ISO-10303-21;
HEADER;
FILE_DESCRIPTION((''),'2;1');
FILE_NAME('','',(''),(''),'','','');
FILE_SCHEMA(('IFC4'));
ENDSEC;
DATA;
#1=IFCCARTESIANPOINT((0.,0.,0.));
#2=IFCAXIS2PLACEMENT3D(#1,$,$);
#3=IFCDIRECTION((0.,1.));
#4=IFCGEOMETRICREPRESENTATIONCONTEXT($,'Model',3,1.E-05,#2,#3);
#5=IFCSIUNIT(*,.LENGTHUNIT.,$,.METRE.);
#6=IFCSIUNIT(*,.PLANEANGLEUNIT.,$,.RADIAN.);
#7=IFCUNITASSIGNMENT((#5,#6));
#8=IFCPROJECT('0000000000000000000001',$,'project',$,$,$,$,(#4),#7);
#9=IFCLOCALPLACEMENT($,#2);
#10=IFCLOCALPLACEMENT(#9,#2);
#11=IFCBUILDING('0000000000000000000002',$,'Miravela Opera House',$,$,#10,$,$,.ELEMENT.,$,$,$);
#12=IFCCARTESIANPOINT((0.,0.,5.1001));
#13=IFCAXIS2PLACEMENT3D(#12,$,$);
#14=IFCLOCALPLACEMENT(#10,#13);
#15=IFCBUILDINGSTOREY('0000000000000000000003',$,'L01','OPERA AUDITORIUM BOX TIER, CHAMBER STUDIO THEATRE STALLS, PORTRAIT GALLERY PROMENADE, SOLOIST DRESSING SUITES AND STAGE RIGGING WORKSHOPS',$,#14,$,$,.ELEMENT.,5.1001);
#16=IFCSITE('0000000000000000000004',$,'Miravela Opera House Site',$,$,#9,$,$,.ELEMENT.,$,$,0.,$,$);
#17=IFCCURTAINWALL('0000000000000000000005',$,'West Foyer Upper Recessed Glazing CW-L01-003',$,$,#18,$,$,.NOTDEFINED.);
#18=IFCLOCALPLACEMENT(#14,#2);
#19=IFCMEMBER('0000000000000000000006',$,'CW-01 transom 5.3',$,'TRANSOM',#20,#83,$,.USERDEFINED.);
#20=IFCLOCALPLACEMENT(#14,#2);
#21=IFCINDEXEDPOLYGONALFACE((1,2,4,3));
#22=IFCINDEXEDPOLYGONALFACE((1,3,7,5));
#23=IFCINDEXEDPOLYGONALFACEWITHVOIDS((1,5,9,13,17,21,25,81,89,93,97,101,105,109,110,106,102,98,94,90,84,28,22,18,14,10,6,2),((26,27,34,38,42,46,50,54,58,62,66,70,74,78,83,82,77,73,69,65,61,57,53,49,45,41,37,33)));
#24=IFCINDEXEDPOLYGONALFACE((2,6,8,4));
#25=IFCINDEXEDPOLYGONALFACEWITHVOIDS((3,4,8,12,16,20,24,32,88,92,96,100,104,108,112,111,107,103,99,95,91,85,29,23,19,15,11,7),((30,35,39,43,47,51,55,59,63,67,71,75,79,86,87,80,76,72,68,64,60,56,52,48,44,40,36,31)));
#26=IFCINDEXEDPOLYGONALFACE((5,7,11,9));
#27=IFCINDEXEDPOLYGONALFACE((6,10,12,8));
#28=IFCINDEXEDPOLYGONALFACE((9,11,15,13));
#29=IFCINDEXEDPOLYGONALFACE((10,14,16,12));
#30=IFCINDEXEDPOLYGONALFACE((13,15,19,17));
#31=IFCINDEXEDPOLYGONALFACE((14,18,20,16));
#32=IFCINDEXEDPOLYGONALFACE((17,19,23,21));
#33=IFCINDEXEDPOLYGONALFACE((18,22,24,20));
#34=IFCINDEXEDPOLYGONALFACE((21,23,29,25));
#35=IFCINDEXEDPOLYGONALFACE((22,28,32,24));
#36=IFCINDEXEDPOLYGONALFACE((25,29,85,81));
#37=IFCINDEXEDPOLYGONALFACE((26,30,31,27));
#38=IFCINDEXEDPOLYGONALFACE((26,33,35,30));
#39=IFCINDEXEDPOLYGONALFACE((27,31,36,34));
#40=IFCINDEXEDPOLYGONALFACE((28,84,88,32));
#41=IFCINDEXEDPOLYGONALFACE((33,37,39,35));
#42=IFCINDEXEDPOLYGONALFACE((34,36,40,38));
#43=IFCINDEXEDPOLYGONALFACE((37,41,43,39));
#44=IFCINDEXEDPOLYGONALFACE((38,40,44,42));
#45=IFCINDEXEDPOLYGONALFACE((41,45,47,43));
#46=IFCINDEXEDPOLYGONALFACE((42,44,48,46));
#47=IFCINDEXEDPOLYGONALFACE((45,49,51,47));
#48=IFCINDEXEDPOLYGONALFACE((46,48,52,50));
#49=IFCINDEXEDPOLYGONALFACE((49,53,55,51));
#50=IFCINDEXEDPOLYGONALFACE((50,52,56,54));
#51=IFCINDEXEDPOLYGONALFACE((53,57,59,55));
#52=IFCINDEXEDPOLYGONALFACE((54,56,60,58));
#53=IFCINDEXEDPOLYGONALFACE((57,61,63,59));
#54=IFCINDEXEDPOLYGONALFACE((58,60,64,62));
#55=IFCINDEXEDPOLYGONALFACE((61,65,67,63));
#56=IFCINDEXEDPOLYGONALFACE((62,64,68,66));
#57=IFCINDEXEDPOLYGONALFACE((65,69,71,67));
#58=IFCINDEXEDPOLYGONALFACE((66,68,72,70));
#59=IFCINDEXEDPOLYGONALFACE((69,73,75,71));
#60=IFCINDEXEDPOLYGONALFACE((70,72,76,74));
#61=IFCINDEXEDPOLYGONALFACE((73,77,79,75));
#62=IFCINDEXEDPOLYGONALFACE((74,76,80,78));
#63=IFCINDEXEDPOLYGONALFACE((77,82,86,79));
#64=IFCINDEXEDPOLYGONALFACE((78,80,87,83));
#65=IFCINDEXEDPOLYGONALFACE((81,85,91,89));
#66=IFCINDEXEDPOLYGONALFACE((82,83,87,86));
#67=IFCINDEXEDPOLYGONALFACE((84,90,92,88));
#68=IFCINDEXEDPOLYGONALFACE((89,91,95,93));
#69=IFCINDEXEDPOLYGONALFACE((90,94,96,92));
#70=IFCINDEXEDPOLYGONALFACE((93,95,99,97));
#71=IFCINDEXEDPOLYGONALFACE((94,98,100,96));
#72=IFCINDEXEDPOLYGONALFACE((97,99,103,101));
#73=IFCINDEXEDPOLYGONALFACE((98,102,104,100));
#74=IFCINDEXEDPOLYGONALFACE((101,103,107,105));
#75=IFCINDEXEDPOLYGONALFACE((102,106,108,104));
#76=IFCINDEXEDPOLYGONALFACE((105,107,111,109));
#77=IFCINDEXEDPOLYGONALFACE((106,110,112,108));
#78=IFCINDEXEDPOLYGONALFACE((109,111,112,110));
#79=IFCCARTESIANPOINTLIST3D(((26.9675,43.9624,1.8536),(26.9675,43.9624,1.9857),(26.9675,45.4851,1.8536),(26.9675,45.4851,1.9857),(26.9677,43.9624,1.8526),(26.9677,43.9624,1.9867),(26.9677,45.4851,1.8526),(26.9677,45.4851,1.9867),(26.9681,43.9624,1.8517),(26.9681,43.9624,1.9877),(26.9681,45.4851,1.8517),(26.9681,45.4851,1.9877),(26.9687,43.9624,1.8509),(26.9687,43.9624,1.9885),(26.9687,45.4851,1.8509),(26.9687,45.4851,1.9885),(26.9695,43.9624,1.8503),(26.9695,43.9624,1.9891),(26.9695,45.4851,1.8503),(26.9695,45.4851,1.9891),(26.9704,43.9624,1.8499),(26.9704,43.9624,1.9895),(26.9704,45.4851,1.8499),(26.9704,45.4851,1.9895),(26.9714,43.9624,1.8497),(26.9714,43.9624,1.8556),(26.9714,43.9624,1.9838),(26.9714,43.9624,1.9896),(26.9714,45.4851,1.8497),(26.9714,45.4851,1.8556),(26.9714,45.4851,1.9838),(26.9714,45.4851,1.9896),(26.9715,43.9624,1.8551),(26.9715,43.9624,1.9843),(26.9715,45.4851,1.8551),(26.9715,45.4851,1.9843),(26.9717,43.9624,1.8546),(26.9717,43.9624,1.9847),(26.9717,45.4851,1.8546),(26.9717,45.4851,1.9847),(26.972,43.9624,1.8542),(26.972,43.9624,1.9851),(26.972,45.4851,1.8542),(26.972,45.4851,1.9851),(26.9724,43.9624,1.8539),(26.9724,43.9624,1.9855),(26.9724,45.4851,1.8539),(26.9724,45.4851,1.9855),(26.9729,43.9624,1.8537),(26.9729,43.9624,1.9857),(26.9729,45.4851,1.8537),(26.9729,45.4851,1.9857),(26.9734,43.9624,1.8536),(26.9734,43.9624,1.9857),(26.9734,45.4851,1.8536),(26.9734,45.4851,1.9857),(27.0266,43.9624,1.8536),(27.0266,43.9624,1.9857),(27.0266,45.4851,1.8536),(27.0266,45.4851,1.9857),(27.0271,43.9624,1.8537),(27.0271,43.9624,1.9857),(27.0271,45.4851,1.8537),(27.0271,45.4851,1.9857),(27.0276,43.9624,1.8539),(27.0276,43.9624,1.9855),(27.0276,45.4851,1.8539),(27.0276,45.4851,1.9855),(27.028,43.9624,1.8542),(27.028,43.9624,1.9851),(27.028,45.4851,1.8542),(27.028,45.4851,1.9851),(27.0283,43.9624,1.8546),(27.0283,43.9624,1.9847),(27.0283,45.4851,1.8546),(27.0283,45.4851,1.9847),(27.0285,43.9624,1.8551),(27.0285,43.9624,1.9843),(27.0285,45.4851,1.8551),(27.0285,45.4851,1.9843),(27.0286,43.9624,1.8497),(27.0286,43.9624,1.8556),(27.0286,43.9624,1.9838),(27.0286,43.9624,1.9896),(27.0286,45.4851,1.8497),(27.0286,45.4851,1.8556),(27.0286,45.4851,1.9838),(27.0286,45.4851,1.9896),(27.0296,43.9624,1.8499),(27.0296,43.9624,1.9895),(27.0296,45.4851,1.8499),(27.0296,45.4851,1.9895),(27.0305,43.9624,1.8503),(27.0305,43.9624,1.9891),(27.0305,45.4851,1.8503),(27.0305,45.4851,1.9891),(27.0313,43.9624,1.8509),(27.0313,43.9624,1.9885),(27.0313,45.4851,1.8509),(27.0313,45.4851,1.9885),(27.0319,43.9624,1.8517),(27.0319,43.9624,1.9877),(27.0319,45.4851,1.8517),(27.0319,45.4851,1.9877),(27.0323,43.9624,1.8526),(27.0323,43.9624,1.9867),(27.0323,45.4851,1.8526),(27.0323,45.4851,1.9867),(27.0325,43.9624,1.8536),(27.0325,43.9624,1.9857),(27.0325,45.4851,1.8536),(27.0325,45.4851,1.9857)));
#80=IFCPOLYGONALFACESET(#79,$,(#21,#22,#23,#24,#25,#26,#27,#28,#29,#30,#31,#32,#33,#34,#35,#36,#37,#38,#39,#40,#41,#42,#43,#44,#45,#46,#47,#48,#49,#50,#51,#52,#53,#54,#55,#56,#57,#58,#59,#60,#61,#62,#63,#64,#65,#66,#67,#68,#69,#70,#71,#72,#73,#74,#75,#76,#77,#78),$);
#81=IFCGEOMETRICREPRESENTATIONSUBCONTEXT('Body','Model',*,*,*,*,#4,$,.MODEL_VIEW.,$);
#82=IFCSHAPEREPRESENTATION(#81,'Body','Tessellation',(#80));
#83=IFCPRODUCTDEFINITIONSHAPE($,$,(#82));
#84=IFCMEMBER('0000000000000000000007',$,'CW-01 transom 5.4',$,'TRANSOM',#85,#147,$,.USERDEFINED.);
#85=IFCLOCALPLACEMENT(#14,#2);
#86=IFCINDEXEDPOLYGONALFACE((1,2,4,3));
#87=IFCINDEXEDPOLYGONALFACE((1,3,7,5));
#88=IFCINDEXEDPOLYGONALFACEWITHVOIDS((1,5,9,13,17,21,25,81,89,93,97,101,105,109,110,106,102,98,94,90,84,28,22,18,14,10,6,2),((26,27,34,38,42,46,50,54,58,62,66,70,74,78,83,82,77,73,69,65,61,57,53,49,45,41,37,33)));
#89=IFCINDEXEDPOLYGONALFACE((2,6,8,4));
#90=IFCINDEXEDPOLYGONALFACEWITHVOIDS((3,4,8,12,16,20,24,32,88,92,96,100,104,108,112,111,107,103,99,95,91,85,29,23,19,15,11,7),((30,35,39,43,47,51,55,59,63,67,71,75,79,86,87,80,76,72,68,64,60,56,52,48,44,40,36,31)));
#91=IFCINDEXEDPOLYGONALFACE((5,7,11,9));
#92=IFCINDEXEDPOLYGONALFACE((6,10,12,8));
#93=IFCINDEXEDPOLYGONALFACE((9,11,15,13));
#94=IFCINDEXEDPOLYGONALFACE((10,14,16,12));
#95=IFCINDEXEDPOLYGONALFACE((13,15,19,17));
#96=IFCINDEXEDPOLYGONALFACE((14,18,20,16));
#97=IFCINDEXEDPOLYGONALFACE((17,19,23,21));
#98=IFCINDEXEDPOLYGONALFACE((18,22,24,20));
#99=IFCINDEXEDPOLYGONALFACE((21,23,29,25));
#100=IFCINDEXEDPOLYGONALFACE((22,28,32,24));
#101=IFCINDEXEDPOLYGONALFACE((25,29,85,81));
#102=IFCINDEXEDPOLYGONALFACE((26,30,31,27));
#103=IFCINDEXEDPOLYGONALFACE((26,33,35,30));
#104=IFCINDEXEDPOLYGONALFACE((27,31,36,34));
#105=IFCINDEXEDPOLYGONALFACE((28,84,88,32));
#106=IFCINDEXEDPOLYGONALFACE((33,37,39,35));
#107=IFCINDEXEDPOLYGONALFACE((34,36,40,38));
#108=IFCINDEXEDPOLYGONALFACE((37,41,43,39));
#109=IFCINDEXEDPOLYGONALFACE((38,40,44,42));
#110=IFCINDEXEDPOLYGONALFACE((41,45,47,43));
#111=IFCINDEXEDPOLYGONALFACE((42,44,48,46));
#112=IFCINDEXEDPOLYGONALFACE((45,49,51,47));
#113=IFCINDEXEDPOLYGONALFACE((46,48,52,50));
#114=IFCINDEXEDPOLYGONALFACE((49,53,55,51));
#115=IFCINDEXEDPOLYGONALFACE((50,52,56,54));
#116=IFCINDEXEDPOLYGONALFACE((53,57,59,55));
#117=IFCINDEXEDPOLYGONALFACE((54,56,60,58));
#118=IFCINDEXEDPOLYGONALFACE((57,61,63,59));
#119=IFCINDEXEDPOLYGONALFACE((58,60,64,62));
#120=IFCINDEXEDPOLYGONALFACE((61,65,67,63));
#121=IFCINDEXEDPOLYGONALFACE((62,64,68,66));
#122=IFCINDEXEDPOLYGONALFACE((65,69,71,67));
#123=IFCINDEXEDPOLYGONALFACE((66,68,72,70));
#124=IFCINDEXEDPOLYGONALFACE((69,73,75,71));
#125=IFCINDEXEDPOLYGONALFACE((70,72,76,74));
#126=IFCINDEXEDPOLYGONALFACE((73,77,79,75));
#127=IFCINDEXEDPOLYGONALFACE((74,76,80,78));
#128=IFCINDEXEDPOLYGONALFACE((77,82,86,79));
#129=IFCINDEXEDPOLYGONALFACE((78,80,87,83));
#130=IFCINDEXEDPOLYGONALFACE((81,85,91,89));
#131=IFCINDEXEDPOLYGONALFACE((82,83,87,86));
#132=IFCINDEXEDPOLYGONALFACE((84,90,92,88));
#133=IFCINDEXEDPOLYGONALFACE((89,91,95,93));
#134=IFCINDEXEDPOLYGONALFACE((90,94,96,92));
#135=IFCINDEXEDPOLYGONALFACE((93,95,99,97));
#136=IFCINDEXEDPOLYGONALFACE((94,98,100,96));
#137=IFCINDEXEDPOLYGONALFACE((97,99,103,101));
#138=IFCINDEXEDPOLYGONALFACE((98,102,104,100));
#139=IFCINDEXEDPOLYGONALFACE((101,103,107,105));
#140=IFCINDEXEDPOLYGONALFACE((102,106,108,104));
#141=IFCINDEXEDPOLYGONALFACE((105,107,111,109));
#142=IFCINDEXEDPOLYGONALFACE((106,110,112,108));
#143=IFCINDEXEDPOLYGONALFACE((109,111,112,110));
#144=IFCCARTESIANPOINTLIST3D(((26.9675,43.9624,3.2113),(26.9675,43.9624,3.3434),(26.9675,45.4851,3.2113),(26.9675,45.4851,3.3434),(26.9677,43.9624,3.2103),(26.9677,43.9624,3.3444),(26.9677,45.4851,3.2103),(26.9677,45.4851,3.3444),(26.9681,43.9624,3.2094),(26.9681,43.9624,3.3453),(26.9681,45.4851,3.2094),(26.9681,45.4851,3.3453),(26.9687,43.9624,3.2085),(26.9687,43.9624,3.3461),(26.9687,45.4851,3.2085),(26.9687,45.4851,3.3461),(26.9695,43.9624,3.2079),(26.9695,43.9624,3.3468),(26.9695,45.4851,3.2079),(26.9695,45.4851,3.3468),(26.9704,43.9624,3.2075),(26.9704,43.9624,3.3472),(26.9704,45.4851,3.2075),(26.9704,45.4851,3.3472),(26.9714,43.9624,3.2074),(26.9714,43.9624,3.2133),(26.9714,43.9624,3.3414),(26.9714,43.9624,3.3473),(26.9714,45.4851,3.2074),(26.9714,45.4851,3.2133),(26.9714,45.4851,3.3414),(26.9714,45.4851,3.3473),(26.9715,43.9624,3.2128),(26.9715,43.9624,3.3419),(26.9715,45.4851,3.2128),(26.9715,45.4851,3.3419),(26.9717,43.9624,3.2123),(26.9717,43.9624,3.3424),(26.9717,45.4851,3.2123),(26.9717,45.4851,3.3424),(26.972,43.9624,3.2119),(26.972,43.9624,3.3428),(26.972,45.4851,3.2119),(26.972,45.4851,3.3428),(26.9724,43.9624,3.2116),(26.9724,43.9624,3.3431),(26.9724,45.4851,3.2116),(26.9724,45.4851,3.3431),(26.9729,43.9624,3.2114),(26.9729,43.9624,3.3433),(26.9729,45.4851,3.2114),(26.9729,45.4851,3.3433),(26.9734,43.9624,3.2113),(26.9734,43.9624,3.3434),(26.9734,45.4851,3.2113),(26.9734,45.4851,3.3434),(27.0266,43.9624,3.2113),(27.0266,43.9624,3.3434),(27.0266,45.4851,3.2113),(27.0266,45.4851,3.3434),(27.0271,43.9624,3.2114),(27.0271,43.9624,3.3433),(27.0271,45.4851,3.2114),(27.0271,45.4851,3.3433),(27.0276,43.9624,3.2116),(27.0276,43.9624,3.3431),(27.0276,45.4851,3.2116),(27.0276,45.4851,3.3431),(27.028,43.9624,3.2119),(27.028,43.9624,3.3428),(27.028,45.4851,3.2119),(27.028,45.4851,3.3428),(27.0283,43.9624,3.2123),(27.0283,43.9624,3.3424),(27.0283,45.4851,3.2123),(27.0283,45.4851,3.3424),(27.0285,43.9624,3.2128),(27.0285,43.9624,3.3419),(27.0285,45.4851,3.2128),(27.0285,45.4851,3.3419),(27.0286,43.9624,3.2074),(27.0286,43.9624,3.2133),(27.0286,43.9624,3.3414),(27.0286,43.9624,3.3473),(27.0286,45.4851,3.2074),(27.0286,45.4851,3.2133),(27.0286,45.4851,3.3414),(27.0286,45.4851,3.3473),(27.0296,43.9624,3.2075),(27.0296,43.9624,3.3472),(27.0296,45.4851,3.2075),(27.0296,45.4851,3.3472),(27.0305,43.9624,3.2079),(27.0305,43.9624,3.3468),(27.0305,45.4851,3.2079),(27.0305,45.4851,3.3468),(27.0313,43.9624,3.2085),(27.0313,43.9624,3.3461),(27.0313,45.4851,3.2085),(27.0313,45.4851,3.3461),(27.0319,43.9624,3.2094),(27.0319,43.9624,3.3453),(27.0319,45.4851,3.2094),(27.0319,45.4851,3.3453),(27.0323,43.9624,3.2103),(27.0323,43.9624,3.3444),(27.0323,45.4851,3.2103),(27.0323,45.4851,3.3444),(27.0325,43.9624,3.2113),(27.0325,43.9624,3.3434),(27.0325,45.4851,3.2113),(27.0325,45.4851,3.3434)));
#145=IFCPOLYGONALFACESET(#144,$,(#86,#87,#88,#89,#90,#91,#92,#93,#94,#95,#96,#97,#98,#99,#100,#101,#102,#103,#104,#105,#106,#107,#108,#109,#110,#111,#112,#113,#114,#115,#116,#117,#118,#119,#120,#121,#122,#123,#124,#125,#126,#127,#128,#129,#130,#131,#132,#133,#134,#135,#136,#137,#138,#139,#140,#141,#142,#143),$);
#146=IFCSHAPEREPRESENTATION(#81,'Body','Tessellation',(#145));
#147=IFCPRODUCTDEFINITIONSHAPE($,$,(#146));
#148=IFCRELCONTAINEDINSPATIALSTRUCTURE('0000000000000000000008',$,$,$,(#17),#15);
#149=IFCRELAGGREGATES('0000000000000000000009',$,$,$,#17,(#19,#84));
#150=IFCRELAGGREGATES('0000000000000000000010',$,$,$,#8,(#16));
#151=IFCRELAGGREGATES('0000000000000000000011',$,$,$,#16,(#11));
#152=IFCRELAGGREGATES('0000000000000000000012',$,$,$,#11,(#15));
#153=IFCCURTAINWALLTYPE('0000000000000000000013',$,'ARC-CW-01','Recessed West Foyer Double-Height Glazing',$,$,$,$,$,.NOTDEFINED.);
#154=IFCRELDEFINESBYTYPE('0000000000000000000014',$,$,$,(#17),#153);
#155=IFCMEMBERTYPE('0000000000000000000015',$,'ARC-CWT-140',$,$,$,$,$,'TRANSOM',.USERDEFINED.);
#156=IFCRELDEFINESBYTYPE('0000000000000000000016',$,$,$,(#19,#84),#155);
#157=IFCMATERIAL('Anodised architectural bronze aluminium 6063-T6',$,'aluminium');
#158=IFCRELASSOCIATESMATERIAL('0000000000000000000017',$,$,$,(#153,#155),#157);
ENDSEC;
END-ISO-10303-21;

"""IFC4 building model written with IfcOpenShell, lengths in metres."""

from ifc_helpers import new_model, si_unit, direction, frame, origin, origin_2d, place, context, subcontext, project, spatial, hollow_rectangle, extrude, material, material_profile, profile_set, type_object, element, aggregate, save


model = new_model("IFC4")

# Units and contexts
model_context = context("Model", 3, precision=1e-05, world=origin(), true_north=direction((0.0, 1.0)))
body_context = subcontext(model_context, "Body", "Model", "MODEL_VIEW")
ifc_project = project(units=[si_unit("LENGTHUNIT", "METRE"), si_unit("PLANEANGLEUNIT", "RADIAN")], contexts=[model_context])

# Site, building, storey
site_placement = place(None, origin())
site = spatial("IfcSite", under=ifc_project, at=site_placement, Name="Miravela Opera House Site", CompositionType="ELEMENT", RefElevation=0.0)
building_placement = place(site_placement, origin())
building = spatial("IfcBuilding", under=site, at=building_placement, Name="Miravela Opera House", CompositionType="ELEMENT")
storey_placement = place(building_placement, frame((0.0, 0.0, 5.1001)))
storey = spatial("IfcBuildingStorey", under=building, at=storey_placement, Name="L01", Description="OPERA AUDITORIUM BOX TIER, CHAMBER STUDIO THEATRE STALLS, PORTRAIT GALLERY PROMENADE, SOLOIST DRESSING SUITES AND STAGE RIGGING WORKSHOPS", CompositionType="ELEMENT", Elevation=5.1001)

# Curtain wall
ifc_material_1 = material(Name="Anodised architectural bronze aluminium 6063-T6", Category="aluminium")
curtain_wall_type = type_object("IfcCurtainWallType", Name="ARC-CW-01", Description="Recessed West Foyer Double-Height Glazing", PredefinedType="NOTDEFINED", material=ifc_material_1)
curtain_wall_1_placement = place(storey_placement, origin())
curtain_wall_1 = element("IfcCurtainWall", 1, at=curtain_wall_1_placement, inside=storey, type_object=curtain_wall_type, Name="West Foyer Upper Recessed Glazing CW-L01-003", PredefinedType="NOTDEFINED")

# Members
ifc_material_profile_1 = material_profile(ifc_material_1, hollow_rectangle(XDim=0.0649, YDim=0.1399, WallThickness=0.0039, InnerFilletRadius=0.002, OuterFilletRadius=0.0039, at=origin_2d()), Name="CWT-65X140")
ifc_profile_set_1 = profile_set([ifc_material_profile_1])
member_type_1 = type_object("IfcMemberType", Name="ARC-CWT-140", ElementType="TRANSOM", PredefinedType="USERDEFINED", material=ifc_profile_set_1)
member_1_placement = place(storey_placement, frame((27.0, 43.9624, 1.9197), z_axis=(0.0, 1.0, 0.0), x_axis=(-1.0, 0.0, 0.0)))
member_1 = element("IfcMember", 2, at=member_1_placement, type_object=member_type_1, Name="CW-01 transom 5.3", ObjectType="TRANSOM", PredefinedType="USERDEFINED", context=body_context, shape_type="SweptSolid", body=[
    extrude(hollow_rectangle(XDim=0.0649, YDim=0.1399, WallThickness=0.0039, InnerFilletRadius=0.002, OuterFilletRadius=0.0039, at=origin_2d()), origin(), (0.0, 0.0, 1.0), 1.5227),
])
member_2_placement = place(storey_placement, frame((27.0, 43.9624, 3.2773), z_axis=(0.0, 1.0, 0.0), x_axis=(-1.0, 0.0, 0.0)))
member_2 = element("IfcMember", 3, at=member_2_placement, type_object=member_type_1, Name="CW-01 transom 5.4", ObjectType="TRANSOM", PredefinedType="USERDEFINED", context=body_context, shape_type="SweptSolid", body=[
    extrude(hollow_rectangle(XDim=0.0649, YDim=0.1399, WallThickness=0.0039, InnerFilletRadius=0.002, OuterFilletRadius=0.0039, at=origin_2d()), origin(), (0.0, 0.0, 1.0), 1.5227),
])

aggregate(curtain_wall_1, [member_1, member_2])

save(model, "model.ifc")
